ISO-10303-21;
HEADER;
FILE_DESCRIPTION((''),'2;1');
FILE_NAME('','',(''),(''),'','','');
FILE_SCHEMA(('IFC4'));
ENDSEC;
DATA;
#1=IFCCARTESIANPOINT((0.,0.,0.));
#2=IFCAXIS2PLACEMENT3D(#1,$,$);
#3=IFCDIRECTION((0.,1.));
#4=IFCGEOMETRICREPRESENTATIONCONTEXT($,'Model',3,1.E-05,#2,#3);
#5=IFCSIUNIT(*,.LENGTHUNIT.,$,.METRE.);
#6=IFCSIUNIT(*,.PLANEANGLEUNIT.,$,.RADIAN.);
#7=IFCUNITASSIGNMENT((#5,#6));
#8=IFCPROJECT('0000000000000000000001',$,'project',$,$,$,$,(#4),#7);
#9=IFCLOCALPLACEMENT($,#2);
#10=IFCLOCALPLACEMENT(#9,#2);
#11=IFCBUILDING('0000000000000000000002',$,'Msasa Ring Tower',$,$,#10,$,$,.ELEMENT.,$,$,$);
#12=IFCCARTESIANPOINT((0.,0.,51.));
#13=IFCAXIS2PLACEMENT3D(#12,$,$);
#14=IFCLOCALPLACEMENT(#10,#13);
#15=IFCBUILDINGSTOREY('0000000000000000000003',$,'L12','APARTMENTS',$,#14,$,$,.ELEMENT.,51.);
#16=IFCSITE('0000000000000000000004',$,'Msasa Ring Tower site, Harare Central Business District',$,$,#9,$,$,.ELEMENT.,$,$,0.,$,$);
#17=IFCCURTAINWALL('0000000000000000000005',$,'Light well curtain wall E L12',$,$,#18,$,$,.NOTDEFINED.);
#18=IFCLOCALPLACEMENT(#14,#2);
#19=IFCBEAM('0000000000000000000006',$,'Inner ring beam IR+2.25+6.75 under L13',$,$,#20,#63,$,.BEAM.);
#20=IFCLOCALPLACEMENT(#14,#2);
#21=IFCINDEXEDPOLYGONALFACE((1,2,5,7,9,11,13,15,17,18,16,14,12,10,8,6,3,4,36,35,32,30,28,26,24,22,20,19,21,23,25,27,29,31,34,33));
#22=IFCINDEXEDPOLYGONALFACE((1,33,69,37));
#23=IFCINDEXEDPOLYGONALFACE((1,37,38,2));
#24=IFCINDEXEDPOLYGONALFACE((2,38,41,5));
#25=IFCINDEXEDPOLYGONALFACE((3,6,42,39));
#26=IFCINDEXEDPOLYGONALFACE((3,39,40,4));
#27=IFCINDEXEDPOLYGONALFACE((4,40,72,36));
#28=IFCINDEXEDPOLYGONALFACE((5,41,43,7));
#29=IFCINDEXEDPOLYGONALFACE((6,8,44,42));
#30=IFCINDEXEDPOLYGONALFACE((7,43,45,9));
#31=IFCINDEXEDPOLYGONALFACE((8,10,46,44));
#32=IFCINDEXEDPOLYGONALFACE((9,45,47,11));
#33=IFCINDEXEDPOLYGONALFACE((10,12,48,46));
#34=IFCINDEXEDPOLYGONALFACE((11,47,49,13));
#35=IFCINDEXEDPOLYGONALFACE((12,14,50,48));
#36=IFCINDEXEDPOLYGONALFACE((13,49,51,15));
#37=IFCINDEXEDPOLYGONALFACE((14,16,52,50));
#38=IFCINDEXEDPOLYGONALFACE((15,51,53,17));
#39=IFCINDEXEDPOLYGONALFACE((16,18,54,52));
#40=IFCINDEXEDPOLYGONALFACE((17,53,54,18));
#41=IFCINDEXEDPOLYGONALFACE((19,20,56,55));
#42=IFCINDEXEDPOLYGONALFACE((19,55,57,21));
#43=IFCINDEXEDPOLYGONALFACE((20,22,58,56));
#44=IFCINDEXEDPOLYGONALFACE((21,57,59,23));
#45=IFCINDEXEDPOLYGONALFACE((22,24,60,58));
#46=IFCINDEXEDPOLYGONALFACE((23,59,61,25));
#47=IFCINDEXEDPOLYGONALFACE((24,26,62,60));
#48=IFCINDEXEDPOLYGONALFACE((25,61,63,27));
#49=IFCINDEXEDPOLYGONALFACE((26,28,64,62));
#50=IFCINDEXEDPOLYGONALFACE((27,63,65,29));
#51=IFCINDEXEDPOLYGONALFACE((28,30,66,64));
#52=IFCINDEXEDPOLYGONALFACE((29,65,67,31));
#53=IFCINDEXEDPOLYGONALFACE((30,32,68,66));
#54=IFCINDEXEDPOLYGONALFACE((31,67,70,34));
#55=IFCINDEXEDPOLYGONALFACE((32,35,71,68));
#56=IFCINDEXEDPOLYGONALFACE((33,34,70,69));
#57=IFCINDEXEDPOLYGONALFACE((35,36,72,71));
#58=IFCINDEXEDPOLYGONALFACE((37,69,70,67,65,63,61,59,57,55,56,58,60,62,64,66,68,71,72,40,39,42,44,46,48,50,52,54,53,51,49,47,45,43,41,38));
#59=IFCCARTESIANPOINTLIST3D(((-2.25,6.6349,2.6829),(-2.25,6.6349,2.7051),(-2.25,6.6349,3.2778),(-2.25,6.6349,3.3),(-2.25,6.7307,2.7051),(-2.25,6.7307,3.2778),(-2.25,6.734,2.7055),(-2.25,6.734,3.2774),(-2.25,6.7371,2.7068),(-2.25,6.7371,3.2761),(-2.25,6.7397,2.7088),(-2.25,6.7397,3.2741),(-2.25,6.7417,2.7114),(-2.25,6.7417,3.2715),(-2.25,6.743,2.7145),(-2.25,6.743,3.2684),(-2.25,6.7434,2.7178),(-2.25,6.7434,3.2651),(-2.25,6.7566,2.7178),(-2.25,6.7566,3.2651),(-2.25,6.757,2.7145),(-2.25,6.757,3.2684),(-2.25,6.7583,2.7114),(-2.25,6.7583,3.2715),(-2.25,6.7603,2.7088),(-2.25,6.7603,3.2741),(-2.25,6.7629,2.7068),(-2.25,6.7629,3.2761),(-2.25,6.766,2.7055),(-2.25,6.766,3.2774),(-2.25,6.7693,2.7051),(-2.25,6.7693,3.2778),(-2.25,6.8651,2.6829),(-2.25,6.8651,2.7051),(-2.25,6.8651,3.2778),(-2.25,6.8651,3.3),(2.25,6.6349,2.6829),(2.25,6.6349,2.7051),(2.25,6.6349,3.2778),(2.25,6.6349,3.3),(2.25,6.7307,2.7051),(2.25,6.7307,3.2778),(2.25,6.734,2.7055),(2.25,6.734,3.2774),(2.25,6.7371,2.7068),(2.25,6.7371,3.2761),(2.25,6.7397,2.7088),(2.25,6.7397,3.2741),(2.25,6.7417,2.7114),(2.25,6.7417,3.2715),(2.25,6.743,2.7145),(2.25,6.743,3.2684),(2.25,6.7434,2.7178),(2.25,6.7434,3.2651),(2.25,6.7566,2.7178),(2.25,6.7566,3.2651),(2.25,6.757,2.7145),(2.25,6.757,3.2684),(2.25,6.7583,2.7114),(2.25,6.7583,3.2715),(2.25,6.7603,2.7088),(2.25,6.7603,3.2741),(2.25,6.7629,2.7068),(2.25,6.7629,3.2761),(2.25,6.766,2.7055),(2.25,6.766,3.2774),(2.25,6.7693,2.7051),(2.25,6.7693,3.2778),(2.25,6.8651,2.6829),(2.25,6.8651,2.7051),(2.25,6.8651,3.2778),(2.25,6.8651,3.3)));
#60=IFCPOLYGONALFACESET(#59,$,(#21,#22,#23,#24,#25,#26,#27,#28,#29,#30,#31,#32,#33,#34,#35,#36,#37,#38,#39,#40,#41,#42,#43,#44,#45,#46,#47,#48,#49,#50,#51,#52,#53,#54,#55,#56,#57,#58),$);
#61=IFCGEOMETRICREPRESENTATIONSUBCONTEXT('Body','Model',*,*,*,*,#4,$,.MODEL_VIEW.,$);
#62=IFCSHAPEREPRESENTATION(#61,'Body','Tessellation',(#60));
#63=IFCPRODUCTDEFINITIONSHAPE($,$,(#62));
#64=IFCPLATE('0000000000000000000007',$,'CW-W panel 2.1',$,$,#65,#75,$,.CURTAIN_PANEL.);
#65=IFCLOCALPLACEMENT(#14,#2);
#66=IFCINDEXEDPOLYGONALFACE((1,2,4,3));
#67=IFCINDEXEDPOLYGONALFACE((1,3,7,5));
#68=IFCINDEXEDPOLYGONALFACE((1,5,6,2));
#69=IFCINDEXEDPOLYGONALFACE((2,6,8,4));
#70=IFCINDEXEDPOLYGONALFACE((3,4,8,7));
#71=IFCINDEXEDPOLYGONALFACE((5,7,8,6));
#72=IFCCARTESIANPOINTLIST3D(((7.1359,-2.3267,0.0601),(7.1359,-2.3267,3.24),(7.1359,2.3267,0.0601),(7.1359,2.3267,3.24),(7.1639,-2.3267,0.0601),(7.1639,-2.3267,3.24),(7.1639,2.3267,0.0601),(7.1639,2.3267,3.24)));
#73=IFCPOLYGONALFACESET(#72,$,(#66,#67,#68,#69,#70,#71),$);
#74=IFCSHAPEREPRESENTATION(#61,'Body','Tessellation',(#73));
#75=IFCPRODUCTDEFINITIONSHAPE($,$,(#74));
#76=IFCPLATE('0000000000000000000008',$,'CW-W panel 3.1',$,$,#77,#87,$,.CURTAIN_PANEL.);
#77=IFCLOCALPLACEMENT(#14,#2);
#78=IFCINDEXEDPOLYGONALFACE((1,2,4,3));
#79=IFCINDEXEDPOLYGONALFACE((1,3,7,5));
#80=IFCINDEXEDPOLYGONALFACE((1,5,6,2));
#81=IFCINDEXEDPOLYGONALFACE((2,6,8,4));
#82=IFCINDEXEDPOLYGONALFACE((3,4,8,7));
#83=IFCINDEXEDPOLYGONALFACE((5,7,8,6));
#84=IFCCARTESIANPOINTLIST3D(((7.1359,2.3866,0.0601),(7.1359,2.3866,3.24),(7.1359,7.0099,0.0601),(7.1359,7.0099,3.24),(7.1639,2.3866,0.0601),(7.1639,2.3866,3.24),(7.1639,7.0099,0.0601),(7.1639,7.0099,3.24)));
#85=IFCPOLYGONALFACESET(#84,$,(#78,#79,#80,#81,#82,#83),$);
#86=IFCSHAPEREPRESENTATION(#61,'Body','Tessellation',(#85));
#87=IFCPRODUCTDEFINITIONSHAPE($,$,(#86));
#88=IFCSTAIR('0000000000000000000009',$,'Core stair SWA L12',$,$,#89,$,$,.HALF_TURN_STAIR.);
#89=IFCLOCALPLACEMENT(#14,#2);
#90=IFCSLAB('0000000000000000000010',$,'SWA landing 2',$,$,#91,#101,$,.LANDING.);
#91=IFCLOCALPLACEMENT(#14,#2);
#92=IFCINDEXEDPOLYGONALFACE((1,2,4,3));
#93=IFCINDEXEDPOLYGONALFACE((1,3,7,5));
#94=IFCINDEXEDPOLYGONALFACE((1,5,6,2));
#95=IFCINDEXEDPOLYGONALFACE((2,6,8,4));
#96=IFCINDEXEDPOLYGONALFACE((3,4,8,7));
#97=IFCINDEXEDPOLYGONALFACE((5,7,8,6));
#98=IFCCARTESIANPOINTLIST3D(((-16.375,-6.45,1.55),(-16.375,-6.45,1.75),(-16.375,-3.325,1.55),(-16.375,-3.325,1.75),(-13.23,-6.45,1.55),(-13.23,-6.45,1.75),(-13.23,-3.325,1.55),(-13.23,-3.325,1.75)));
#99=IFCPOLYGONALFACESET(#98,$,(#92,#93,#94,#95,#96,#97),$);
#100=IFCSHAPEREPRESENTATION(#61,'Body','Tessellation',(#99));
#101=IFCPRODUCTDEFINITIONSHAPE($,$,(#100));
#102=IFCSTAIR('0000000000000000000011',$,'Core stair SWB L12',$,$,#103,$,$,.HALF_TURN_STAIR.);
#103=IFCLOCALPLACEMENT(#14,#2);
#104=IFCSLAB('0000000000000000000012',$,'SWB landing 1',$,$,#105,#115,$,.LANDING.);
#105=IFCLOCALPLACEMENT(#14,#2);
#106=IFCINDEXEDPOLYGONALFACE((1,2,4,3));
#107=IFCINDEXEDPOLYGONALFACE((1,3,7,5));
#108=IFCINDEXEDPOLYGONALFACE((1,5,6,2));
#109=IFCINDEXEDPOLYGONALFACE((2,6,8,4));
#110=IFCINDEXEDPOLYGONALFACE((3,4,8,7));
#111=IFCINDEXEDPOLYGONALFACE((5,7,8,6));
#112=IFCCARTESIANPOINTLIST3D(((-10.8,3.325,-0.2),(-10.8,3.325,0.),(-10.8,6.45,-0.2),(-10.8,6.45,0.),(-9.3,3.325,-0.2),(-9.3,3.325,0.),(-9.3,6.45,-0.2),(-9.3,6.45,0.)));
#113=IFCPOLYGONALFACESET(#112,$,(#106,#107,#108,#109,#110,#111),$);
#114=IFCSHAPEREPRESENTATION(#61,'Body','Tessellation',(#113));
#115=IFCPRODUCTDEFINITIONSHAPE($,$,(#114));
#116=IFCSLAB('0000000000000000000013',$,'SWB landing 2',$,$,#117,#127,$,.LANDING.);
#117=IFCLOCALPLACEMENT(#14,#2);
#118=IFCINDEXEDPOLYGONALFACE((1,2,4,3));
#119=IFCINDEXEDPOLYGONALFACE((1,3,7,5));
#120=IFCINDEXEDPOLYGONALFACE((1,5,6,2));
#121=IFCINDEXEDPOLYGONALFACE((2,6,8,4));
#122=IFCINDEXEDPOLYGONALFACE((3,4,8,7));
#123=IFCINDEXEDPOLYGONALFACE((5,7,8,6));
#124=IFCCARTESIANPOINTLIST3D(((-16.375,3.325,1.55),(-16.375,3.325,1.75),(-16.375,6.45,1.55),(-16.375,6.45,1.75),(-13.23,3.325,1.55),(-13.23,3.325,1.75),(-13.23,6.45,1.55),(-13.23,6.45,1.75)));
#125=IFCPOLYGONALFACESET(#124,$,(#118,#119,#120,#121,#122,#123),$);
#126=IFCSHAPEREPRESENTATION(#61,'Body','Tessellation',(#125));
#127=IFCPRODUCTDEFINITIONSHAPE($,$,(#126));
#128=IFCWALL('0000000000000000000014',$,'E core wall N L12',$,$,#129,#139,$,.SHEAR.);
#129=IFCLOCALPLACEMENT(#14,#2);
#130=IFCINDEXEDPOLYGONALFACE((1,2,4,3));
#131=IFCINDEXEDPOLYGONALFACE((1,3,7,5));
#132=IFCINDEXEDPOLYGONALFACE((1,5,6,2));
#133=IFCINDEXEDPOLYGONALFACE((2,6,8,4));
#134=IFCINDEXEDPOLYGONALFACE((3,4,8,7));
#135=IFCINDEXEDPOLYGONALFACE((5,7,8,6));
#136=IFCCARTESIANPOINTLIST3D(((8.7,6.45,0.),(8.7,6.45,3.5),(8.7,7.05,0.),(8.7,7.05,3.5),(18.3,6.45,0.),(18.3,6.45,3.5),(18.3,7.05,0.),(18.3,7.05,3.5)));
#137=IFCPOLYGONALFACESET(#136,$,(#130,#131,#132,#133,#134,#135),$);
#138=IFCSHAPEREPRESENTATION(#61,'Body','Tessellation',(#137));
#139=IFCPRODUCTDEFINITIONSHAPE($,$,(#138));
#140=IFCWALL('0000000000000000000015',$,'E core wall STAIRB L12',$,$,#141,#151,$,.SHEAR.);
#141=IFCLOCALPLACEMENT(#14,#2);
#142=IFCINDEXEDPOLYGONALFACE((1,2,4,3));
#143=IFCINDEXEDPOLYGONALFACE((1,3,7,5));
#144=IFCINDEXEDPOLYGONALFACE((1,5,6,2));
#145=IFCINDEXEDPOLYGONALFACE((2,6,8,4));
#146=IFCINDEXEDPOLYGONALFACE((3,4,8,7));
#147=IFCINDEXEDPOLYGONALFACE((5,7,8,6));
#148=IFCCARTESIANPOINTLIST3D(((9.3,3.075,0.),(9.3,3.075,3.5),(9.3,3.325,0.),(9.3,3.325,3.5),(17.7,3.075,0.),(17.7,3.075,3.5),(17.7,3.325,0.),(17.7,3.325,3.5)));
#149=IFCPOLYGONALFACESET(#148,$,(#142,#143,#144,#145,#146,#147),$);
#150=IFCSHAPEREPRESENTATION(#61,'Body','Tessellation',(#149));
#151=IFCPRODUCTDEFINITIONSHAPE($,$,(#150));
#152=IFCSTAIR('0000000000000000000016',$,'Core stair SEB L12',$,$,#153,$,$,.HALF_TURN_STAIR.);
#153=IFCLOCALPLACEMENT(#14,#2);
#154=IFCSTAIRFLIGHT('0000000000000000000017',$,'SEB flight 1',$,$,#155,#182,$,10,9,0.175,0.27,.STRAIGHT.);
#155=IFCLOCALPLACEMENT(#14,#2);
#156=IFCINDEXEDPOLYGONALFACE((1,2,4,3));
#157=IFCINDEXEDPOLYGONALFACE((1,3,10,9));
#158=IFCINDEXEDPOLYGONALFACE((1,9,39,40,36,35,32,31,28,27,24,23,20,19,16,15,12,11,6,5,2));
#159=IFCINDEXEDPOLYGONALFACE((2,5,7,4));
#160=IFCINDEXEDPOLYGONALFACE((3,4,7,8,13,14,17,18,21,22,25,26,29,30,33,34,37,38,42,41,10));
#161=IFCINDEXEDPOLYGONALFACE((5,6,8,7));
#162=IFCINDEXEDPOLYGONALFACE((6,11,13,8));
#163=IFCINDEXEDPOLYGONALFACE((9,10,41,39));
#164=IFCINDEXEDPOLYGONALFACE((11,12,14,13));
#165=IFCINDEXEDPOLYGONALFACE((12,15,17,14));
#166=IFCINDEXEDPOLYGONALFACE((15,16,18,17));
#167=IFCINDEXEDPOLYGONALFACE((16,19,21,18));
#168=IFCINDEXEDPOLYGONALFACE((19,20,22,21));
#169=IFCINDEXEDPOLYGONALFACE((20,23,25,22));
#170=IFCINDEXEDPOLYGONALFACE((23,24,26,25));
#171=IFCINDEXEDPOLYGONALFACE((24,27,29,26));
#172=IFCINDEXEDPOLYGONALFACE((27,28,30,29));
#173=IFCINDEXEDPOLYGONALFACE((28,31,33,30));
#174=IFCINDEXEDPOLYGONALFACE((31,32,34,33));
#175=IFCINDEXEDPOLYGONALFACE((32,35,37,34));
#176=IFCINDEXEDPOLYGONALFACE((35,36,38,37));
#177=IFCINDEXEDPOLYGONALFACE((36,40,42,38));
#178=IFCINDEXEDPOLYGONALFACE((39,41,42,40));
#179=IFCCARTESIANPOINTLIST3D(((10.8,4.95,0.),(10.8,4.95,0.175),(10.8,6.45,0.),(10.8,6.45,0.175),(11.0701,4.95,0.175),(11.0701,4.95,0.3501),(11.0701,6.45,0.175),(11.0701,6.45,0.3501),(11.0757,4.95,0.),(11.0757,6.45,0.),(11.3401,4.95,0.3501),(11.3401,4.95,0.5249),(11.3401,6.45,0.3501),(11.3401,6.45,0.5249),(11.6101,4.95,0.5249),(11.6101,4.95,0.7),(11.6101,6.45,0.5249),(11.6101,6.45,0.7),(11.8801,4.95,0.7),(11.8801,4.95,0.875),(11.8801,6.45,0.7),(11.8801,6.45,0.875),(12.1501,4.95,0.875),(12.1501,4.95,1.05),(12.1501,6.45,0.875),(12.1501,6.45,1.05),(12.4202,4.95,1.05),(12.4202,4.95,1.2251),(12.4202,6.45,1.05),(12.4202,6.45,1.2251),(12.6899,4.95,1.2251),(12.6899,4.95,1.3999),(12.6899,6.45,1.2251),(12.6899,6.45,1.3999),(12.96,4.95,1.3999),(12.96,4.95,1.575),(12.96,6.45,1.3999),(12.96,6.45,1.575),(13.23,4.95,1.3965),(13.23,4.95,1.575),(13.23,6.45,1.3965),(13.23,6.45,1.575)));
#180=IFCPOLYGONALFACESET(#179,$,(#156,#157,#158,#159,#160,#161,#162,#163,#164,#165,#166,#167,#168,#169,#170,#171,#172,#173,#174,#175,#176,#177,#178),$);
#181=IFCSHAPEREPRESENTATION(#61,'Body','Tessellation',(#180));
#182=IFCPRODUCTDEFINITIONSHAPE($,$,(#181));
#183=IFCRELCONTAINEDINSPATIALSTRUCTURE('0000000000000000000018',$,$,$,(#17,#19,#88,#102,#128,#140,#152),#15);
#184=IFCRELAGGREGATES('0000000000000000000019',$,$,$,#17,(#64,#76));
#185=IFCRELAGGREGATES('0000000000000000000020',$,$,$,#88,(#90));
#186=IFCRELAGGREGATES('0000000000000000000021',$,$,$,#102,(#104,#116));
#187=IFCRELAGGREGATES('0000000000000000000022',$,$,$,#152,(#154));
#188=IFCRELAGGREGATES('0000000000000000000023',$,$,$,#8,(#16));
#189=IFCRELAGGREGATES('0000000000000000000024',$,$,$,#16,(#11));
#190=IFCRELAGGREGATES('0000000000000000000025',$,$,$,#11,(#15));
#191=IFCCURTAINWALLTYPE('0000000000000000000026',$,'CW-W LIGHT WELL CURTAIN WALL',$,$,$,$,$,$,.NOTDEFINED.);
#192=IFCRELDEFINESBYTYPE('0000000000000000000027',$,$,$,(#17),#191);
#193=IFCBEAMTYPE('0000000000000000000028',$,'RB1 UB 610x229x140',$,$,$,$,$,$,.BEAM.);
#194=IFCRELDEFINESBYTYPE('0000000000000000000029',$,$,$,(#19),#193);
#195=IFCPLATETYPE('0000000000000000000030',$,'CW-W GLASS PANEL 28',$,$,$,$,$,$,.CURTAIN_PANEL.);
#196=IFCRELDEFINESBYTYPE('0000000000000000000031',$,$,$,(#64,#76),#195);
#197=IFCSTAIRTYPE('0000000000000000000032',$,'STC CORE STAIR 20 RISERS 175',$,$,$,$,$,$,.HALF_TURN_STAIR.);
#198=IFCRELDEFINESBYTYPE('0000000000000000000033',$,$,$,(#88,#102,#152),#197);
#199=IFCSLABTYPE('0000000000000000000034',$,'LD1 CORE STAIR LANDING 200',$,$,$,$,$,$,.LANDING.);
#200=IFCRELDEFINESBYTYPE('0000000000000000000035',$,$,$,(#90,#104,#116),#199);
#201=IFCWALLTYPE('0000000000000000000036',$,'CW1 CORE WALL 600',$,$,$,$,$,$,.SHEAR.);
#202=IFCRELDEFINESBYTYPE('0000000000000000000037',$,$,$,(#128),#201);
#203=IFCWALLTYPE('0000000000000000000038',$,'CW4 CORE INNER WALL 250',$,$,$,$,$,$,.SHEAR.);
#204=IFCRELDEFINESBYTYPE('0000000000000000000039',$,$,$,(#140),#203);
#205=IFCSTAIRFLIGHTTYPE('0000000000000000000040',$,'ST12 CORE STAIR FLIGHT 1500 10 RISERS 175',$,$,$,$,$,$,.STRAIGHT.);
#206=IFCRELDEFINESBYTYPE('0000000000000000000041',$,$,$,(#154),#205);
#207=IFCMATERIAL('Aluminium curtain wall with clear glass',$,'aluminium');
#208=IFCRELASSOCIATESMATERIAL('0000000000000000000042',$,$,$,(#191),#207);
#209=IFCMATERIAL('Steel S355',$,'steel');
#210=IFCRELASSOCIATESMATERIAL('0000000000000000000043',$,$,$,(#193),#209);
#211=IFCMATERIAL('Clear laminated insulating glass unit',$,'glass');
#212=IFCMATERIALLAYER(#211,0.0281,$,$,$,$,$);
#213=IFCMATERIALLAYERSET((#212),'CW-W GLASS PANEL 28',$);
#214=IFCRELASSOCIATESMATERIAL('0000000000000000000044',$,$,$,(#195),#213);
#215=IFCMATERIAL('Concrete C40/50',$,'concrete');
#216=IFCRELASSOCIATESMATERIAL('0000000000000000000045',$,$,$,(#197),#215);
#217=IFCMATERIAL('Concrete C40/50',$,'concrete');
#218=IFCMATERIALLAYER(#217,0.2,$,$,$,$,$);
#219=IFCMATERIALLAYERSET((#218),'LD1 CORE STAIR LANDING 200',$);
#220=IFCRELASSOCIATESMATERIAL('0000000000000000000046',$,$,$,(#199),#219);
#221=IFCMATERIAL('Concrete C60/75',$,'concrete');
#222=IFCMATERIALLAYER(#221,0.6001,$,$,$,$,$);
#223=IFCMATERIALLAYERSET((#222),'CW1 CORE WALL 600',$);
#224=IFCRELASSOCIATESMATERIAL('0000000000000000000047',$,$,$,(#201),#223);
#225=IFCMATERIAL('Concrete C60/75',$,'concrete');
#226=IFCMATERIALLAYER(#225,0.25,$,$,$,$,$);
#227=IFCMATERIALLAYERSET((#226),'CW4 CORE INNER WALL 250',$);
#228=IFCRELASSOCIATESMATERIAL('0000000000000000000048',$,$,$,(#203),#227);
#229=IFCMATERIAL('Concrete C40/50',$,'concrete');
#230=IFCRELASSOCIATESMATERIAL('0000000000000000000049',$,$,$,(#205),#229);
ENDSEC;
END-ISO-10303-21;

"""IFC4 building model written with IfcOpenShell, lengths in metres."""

from ifc_helpers import new_model, si_unit, direction, frame, frame_2d, origin, origin_2d, place, context, subcontext, project, spatial, polyline, rectangle, i_section, outline, extrude, material, layer, layer_set, material_profile, profile_set, type_object, element, aggregate, save


model = new_model("IFC4")

# Units and contexts
model_context = context("Model", 3, precision=1e-05, world=origin(), true_north=direction((0.0, 1.0)))
body_context = subcontext(model_context, "Body", "Model", "MODEL_VIEW")
ifc_project = project(units=[si_unit("LENGTHUNIT", "METRE"), si_unit("PLANEANGLEUNIT", "RADIAN")], contexts=[model_context])

# Site, building, storey
site_placement = place(None, origin())
site = spatial("IfcSite", under=ifc_project, at=site_placement, Name="Msasa Ring Tower site, Harare Central Business District", CompositionType="ELEMENT", RefElevation=0.0)
building_placement = place(site_placement, origin())
building = spatial("IfcBuilding", under=site, at=building_placement, Name="Msasa Ring Tower", CompositionType="ELEMENT")
storey_placement = place(building_placement, frame((0.0, 0.0, 51.0)))
storey = spatial("IfcBuildingStorey", under=building, at=storey_placement, Name="L12", Description="APARTMENTS", CompositionType="ELEMENT", Elevation=51.0)

# Curtain wall
ifc_material_1 = material(Name="Aluminium curtain wall with clear glass", Category="aluminium")
curtain_wall_type = type_object("IfcCurtainWallType", Name="CW-W LIGHT WELL CURTAIN WALL", PredefinedType="NOTDEFINED", material=ifc_material_1)
curtain_wall_placement = place(storey_placement, origin())
curtain_wall = element("IfcCurtainWall", 1, at=curtain_wall_placement, inside=storey, type_object=curtain_wall_type, Name="Light well curtain wall E L12", PredefinedType="NOTDEFINED")

# Beam
ifc_material_2 = material(Name="Steel S355", Category="steel")
ifc_material_profile_1 = material_profile(ifc_material_2, i_section(OverallWidth=0.2302, OverallDepth=0.6172, WebThickness=0.0132, FlangeThickness=0.0222, FilletRadius=0.0127, at=origin_2d()), Name="UB 610x229x140")
ifc_profile_set_1 = profile_set([ifc_material_profile_1], Name="Steel S355")
beam_type = type_object("IfcBeamType", Name="RB1 UB 610x229x140", PredefinedType="BEAM", material=ifc_profile_set_1)
for number, where, z_axis, x_axis, name in (
    (2, (2.25, 6.75, 2.9915), (-1.0, 0.0, 0.0), (0.0, -1.0, 0.0), "Inner ring beam IR+2.25+6.75 under L13"),
):
    element("IfcBeam", number, at=place(storey_placement, frame(where, z_axis=z_axis, x_axis=x_axis)), inside=storey, type_object=beam_type, Name=name, PredefinedType="BEAM", context=body_context, shape_type="SweptSolid", body=[
        extrude(i_section(OverallWidth=0.2302, OverallDepth=0.6172, WebThickness=0.0132, FlangeThickness=0.0222, FilletRadius=0.0127, at=origin_2d()), origin(), (0.0, 0.0, 1.0), 4.5),
    ])

# Plates
ifc_material_3 = material(Name="Clear laminated insulating glass unit", Category="glass")
ifc_layer_1 = layer(ifc_material_3, 0.0281)
ifc_layer_set_1 = layer_set([ifc_layer_1], Name="CW-W GLASS PANEL 28")
plate_type = type_object("IfcPlateType", Name="CW-W GLASS PANEL 28", PredefinedType="CURTAIN_PANEL", material=ifc_layer_set_1)
plate_1_placement = place(storey_placement, frame((7.1499, 0.0, 0.0601), z_axis=(0.0, 0.0, 1.0), x_axis=(0.0, 1.0, 0.0)))
plate_1 = element("IfcPlate", 3, at=plate_1_placement, type_object=plate_type, Name="CW-W panel 2.1", PredefinedType="CURTAIN_PANEL", context=body_context, shape_type="SweptSolid", body=[
    extrude(rectangle(XDim=4.6533, YDim=0.0281, at=origin_2d()), origin(), (0.0, 0.0, 1.0), 3.1799),
])
plate_2_placement = place(storey_placement, frame((7.1499, 4.6982, 0.0601), z_axis=(0.0, 0.0, 1.0), x_axis=(0.0, 1.0, 0.0)))
plate_2 = element("IfcPlate", 4, at=plate_2_placement, type_object=plate_type, Name="CW-W panel 3.1", PredefinedType="CURTAIN_PANEL", context=body_context, shape_type="SweptSolid", body=[
    extrude(rectangle(XDim=4.6233, YDim=0.0281, at=origin_2d()), origin(), (0.0, 0.0, 1.0), 3.1799),
])
aggregate(curtain_wall, [plate_1, plate_2])

# Stair, slab
ifc_material_4 = material(Name="Concrete C40/50", Category="concrete")
stair_type = type_object("IfcStairType", Name="STC CORE STAIR 20 RISERS 175", PredefinedType="HALF_TURN_STAIR", material=ifc_material_4)
stair_1_placement = place(storey_placement, origin())
stair_1 = element("IfcStair", 5, at=stair_1_placement, inside=storey, type_object=stair_type, Name="Core stair SWA L12", PredefinedType="HALF_TURN_STAIR")
ifc_material_5 = material(Name="Concrete C40/50", Category="concrete")
ifc_layer_2 = layer(ifc_material_5, 0.2)
ifc_layer_set_2 = layer_set([ifc_layer_2], Name="LD1 CORE STAIR LANDING 200")
slab_type = type_object("IfcSlabType", Name="LD1 CORE STAIR LANDING 200", PredefinedType="LANDING", material=ifc_layer_set_2)
slab_1_placement = place(storey_placement, frame((0.0, 0.0, 1.55)))
slab_1 = element("IfcSlab", 6, at=slab_1_placement, type_object=slab_type, Name="SWA landing 2", PredefinedType="LANDING", context=body_context, shape_type="SweptSolid", body=[
    extrude(outline(polyline([(-16.375, -6.45), (-13.23, -6.45), (-13.23, -3.325), (-16.375, -3.325), (-16.375, -6.45)])), origin(), (0.0, 0.0, 1.0), 0.2),
])
aggregate(stair_1, [slab_1])

# Stair, slabs
stair_2_placement = place(storey_placement, origin())
stair_2 = element("IfcStair", 7, at=stair_2_placement, inside=storey, type_object=stair_type, Name="Core stair SWB L12", PredefinedType="HALF_TURN_STAIR")
slab_2_placement = place(storey_placement, frame((0.0, 0.0, -0.2)))
slab_2 = element("IfcSlab", 8, at=slab_2_placement, type_object=slab_type, Name="SWB landing 1", PredefinedType="LANDING", context=body_context, shape_type="SweptSolid", body=[
    extrude(outline(polyline([(-10.8, 3.325), (-9.3, 3.325), (-9.3, 6.45), (-10.8, 6.45), (-10.8, 3.325)])), origin(), (0.0, 0.0, 1.0), 0.2),
])
slab_3_placement = place(storey_placement, frame((0.0, 0.0, 1.55)))
slab_3 = element("IfcSlab", 9, at=slab_3_placement, type_object=slab_type, Name="SWB landing 2", PredefinedType="LANDING", context=body_context, shape_type="SweptSolid", body=[
    extrude(outline(polyline([(-16.375, 3.325), (-13.23, 3.325), (-13.23, 6.45), (-16.375, 6.45), (-16.375, 3.325)])), origin(), (0.0, 0.0, 1.0), 0.2),
])
aggregate(stair_2, [slab_2, slab_3])

# Walls
ifc_material_6 = material(Name="Concrete C60/75", Category="concrete")
ifc_layer_3 = layer(ifc_material_6, 0.6001)
ifc_layer_set_3 = layer_set([ifc_layer_3], Name="CW1 CORE WALL 600")
wall_type_1 = type_object("IfcWallType", Name="CW1 CORE WALL 600", PredefinedType="SHEAR", material=ifc_layer_set_3)
wall_1_placement = place(storey_placement, frame((8.7, 6.75, 0.0), z_axis=(0.0, 0.0, 1.0), x_axis=(1.0, 0.0, 0.0)))
element("IfcWall", 10, at=wall_1_placement, inside=storey, type_object=wall_type_1, Name="E core wall N L12", PredefinedType="SHEAR", context=body_context, shape_type="SweptSolid", body=[
    extrude(rectangle(XDim=9.6001, YDim=0.6001, at=frame_2d((4.8, 0.0))), origin(), (0.0, 0.0, 1.0), 3.5),
])
ifc_material_7 = material(Name="Concrete C60/75", Category="concrete")
ifc_layer_4 = layer(ifc_material_7, 0.25)
ifc_layer_set_4 = layer_set([ifc_layer_4], Name="CW4 CORE INNER WALL 250")
wall_type_2 = type_object("IfcWallType", Name="CW4 CORE INNER WALL 250", PredefinedType="SHEAR", material=ifc_layer_set_4)
wall_2_placement = place(storey_placement, frame((9.3, 3.2, 0.0), z_axis=(0.0, 0.0, 1.0), x_axis=(1.0, 0.0, 0.0)))
element("IfcWall", 11, at=wall_2_placement, inside=storey, type_object=wall_type_2, Name="E core wall STAIRB L12", PredefinedType="SHEAR", context=body_context, shape_type="SweptSolid", body=[
    extrude(rectangle(XDim=8.3999, YDim=0.25, at=frame_2d((4.2, 0.0))), origin(), (0.0, 0.0, 1.0), 3.5),
])

# Stair, stair flight
stair_3_placement = place(storey_placement, origin())
stair_3 = element("IfcStair", 12, at=stair_3_placement, inside=storey, type_object=stair_type, Name="Core stair SEB L12", PredefinedType="HALF_TURN_STAIR")
ifc_material_8 = material(Name="Concrete C40/50", Category="concrete")
stair_flight_type = type_object("IfcStairFlightType", Name="ST12 CORE STAIR FLIGHT 1500 10 RISERS 175", PredefinedType="STRAIGHT", material=ifc_material_8)
stair_flight_placement = place(storey_placement, frame((10.8, 5.7, 0.0), z_axis=(0.0, 0.0, 1.0), x_axis=(1.0, 0.0, 0.0)))
stair_flight = element("IfcStairFlight", 13, at=stair_flight_placement, type_object=stair_flight_type, Name="SEB flight 1", NumberOfRisers=10, NumberOfTreads=9, PredefinedType="STRAIGHT", RiserHeight=0.175, TreadLength=0.27, context=body_context, shape_type="SweptSolid", body=[
    extrude(outline(polyline([(0.0, 0.0), (0.0, 0.175), (0.27, 0.175), (0.27, 0.3501), (0.54, 0.3501), (0.54, 0.5249), (0.8101, 0.5249), (0.8101, 0.7), (1.0801, 0.7), (1.0801, 0.875), (1.3501, 0.875), (1.3501, 1.05), (1.6201, 1.05), (1.6201, 1.2251), (1.8899, 1.2251), (1.8899, 1.3999), (2.1599, 1.3999), (2.1599, 1.575), (2.4299, 1.575), (2.4299, 1.75), (2.4299, 1.3965), (0.2756, 0.0), (0.0, 0.0)])), frame((0.0, 0.75, 0.0), z_axis=(0.0, -1.0, 0.0), x_axis=(1.0, 0.0, 0.0)), (0.0, 0.0, 1.0), 1.5),
])
aggregate(stair_3, [stair_flight])

save(model, "model.ifc")
